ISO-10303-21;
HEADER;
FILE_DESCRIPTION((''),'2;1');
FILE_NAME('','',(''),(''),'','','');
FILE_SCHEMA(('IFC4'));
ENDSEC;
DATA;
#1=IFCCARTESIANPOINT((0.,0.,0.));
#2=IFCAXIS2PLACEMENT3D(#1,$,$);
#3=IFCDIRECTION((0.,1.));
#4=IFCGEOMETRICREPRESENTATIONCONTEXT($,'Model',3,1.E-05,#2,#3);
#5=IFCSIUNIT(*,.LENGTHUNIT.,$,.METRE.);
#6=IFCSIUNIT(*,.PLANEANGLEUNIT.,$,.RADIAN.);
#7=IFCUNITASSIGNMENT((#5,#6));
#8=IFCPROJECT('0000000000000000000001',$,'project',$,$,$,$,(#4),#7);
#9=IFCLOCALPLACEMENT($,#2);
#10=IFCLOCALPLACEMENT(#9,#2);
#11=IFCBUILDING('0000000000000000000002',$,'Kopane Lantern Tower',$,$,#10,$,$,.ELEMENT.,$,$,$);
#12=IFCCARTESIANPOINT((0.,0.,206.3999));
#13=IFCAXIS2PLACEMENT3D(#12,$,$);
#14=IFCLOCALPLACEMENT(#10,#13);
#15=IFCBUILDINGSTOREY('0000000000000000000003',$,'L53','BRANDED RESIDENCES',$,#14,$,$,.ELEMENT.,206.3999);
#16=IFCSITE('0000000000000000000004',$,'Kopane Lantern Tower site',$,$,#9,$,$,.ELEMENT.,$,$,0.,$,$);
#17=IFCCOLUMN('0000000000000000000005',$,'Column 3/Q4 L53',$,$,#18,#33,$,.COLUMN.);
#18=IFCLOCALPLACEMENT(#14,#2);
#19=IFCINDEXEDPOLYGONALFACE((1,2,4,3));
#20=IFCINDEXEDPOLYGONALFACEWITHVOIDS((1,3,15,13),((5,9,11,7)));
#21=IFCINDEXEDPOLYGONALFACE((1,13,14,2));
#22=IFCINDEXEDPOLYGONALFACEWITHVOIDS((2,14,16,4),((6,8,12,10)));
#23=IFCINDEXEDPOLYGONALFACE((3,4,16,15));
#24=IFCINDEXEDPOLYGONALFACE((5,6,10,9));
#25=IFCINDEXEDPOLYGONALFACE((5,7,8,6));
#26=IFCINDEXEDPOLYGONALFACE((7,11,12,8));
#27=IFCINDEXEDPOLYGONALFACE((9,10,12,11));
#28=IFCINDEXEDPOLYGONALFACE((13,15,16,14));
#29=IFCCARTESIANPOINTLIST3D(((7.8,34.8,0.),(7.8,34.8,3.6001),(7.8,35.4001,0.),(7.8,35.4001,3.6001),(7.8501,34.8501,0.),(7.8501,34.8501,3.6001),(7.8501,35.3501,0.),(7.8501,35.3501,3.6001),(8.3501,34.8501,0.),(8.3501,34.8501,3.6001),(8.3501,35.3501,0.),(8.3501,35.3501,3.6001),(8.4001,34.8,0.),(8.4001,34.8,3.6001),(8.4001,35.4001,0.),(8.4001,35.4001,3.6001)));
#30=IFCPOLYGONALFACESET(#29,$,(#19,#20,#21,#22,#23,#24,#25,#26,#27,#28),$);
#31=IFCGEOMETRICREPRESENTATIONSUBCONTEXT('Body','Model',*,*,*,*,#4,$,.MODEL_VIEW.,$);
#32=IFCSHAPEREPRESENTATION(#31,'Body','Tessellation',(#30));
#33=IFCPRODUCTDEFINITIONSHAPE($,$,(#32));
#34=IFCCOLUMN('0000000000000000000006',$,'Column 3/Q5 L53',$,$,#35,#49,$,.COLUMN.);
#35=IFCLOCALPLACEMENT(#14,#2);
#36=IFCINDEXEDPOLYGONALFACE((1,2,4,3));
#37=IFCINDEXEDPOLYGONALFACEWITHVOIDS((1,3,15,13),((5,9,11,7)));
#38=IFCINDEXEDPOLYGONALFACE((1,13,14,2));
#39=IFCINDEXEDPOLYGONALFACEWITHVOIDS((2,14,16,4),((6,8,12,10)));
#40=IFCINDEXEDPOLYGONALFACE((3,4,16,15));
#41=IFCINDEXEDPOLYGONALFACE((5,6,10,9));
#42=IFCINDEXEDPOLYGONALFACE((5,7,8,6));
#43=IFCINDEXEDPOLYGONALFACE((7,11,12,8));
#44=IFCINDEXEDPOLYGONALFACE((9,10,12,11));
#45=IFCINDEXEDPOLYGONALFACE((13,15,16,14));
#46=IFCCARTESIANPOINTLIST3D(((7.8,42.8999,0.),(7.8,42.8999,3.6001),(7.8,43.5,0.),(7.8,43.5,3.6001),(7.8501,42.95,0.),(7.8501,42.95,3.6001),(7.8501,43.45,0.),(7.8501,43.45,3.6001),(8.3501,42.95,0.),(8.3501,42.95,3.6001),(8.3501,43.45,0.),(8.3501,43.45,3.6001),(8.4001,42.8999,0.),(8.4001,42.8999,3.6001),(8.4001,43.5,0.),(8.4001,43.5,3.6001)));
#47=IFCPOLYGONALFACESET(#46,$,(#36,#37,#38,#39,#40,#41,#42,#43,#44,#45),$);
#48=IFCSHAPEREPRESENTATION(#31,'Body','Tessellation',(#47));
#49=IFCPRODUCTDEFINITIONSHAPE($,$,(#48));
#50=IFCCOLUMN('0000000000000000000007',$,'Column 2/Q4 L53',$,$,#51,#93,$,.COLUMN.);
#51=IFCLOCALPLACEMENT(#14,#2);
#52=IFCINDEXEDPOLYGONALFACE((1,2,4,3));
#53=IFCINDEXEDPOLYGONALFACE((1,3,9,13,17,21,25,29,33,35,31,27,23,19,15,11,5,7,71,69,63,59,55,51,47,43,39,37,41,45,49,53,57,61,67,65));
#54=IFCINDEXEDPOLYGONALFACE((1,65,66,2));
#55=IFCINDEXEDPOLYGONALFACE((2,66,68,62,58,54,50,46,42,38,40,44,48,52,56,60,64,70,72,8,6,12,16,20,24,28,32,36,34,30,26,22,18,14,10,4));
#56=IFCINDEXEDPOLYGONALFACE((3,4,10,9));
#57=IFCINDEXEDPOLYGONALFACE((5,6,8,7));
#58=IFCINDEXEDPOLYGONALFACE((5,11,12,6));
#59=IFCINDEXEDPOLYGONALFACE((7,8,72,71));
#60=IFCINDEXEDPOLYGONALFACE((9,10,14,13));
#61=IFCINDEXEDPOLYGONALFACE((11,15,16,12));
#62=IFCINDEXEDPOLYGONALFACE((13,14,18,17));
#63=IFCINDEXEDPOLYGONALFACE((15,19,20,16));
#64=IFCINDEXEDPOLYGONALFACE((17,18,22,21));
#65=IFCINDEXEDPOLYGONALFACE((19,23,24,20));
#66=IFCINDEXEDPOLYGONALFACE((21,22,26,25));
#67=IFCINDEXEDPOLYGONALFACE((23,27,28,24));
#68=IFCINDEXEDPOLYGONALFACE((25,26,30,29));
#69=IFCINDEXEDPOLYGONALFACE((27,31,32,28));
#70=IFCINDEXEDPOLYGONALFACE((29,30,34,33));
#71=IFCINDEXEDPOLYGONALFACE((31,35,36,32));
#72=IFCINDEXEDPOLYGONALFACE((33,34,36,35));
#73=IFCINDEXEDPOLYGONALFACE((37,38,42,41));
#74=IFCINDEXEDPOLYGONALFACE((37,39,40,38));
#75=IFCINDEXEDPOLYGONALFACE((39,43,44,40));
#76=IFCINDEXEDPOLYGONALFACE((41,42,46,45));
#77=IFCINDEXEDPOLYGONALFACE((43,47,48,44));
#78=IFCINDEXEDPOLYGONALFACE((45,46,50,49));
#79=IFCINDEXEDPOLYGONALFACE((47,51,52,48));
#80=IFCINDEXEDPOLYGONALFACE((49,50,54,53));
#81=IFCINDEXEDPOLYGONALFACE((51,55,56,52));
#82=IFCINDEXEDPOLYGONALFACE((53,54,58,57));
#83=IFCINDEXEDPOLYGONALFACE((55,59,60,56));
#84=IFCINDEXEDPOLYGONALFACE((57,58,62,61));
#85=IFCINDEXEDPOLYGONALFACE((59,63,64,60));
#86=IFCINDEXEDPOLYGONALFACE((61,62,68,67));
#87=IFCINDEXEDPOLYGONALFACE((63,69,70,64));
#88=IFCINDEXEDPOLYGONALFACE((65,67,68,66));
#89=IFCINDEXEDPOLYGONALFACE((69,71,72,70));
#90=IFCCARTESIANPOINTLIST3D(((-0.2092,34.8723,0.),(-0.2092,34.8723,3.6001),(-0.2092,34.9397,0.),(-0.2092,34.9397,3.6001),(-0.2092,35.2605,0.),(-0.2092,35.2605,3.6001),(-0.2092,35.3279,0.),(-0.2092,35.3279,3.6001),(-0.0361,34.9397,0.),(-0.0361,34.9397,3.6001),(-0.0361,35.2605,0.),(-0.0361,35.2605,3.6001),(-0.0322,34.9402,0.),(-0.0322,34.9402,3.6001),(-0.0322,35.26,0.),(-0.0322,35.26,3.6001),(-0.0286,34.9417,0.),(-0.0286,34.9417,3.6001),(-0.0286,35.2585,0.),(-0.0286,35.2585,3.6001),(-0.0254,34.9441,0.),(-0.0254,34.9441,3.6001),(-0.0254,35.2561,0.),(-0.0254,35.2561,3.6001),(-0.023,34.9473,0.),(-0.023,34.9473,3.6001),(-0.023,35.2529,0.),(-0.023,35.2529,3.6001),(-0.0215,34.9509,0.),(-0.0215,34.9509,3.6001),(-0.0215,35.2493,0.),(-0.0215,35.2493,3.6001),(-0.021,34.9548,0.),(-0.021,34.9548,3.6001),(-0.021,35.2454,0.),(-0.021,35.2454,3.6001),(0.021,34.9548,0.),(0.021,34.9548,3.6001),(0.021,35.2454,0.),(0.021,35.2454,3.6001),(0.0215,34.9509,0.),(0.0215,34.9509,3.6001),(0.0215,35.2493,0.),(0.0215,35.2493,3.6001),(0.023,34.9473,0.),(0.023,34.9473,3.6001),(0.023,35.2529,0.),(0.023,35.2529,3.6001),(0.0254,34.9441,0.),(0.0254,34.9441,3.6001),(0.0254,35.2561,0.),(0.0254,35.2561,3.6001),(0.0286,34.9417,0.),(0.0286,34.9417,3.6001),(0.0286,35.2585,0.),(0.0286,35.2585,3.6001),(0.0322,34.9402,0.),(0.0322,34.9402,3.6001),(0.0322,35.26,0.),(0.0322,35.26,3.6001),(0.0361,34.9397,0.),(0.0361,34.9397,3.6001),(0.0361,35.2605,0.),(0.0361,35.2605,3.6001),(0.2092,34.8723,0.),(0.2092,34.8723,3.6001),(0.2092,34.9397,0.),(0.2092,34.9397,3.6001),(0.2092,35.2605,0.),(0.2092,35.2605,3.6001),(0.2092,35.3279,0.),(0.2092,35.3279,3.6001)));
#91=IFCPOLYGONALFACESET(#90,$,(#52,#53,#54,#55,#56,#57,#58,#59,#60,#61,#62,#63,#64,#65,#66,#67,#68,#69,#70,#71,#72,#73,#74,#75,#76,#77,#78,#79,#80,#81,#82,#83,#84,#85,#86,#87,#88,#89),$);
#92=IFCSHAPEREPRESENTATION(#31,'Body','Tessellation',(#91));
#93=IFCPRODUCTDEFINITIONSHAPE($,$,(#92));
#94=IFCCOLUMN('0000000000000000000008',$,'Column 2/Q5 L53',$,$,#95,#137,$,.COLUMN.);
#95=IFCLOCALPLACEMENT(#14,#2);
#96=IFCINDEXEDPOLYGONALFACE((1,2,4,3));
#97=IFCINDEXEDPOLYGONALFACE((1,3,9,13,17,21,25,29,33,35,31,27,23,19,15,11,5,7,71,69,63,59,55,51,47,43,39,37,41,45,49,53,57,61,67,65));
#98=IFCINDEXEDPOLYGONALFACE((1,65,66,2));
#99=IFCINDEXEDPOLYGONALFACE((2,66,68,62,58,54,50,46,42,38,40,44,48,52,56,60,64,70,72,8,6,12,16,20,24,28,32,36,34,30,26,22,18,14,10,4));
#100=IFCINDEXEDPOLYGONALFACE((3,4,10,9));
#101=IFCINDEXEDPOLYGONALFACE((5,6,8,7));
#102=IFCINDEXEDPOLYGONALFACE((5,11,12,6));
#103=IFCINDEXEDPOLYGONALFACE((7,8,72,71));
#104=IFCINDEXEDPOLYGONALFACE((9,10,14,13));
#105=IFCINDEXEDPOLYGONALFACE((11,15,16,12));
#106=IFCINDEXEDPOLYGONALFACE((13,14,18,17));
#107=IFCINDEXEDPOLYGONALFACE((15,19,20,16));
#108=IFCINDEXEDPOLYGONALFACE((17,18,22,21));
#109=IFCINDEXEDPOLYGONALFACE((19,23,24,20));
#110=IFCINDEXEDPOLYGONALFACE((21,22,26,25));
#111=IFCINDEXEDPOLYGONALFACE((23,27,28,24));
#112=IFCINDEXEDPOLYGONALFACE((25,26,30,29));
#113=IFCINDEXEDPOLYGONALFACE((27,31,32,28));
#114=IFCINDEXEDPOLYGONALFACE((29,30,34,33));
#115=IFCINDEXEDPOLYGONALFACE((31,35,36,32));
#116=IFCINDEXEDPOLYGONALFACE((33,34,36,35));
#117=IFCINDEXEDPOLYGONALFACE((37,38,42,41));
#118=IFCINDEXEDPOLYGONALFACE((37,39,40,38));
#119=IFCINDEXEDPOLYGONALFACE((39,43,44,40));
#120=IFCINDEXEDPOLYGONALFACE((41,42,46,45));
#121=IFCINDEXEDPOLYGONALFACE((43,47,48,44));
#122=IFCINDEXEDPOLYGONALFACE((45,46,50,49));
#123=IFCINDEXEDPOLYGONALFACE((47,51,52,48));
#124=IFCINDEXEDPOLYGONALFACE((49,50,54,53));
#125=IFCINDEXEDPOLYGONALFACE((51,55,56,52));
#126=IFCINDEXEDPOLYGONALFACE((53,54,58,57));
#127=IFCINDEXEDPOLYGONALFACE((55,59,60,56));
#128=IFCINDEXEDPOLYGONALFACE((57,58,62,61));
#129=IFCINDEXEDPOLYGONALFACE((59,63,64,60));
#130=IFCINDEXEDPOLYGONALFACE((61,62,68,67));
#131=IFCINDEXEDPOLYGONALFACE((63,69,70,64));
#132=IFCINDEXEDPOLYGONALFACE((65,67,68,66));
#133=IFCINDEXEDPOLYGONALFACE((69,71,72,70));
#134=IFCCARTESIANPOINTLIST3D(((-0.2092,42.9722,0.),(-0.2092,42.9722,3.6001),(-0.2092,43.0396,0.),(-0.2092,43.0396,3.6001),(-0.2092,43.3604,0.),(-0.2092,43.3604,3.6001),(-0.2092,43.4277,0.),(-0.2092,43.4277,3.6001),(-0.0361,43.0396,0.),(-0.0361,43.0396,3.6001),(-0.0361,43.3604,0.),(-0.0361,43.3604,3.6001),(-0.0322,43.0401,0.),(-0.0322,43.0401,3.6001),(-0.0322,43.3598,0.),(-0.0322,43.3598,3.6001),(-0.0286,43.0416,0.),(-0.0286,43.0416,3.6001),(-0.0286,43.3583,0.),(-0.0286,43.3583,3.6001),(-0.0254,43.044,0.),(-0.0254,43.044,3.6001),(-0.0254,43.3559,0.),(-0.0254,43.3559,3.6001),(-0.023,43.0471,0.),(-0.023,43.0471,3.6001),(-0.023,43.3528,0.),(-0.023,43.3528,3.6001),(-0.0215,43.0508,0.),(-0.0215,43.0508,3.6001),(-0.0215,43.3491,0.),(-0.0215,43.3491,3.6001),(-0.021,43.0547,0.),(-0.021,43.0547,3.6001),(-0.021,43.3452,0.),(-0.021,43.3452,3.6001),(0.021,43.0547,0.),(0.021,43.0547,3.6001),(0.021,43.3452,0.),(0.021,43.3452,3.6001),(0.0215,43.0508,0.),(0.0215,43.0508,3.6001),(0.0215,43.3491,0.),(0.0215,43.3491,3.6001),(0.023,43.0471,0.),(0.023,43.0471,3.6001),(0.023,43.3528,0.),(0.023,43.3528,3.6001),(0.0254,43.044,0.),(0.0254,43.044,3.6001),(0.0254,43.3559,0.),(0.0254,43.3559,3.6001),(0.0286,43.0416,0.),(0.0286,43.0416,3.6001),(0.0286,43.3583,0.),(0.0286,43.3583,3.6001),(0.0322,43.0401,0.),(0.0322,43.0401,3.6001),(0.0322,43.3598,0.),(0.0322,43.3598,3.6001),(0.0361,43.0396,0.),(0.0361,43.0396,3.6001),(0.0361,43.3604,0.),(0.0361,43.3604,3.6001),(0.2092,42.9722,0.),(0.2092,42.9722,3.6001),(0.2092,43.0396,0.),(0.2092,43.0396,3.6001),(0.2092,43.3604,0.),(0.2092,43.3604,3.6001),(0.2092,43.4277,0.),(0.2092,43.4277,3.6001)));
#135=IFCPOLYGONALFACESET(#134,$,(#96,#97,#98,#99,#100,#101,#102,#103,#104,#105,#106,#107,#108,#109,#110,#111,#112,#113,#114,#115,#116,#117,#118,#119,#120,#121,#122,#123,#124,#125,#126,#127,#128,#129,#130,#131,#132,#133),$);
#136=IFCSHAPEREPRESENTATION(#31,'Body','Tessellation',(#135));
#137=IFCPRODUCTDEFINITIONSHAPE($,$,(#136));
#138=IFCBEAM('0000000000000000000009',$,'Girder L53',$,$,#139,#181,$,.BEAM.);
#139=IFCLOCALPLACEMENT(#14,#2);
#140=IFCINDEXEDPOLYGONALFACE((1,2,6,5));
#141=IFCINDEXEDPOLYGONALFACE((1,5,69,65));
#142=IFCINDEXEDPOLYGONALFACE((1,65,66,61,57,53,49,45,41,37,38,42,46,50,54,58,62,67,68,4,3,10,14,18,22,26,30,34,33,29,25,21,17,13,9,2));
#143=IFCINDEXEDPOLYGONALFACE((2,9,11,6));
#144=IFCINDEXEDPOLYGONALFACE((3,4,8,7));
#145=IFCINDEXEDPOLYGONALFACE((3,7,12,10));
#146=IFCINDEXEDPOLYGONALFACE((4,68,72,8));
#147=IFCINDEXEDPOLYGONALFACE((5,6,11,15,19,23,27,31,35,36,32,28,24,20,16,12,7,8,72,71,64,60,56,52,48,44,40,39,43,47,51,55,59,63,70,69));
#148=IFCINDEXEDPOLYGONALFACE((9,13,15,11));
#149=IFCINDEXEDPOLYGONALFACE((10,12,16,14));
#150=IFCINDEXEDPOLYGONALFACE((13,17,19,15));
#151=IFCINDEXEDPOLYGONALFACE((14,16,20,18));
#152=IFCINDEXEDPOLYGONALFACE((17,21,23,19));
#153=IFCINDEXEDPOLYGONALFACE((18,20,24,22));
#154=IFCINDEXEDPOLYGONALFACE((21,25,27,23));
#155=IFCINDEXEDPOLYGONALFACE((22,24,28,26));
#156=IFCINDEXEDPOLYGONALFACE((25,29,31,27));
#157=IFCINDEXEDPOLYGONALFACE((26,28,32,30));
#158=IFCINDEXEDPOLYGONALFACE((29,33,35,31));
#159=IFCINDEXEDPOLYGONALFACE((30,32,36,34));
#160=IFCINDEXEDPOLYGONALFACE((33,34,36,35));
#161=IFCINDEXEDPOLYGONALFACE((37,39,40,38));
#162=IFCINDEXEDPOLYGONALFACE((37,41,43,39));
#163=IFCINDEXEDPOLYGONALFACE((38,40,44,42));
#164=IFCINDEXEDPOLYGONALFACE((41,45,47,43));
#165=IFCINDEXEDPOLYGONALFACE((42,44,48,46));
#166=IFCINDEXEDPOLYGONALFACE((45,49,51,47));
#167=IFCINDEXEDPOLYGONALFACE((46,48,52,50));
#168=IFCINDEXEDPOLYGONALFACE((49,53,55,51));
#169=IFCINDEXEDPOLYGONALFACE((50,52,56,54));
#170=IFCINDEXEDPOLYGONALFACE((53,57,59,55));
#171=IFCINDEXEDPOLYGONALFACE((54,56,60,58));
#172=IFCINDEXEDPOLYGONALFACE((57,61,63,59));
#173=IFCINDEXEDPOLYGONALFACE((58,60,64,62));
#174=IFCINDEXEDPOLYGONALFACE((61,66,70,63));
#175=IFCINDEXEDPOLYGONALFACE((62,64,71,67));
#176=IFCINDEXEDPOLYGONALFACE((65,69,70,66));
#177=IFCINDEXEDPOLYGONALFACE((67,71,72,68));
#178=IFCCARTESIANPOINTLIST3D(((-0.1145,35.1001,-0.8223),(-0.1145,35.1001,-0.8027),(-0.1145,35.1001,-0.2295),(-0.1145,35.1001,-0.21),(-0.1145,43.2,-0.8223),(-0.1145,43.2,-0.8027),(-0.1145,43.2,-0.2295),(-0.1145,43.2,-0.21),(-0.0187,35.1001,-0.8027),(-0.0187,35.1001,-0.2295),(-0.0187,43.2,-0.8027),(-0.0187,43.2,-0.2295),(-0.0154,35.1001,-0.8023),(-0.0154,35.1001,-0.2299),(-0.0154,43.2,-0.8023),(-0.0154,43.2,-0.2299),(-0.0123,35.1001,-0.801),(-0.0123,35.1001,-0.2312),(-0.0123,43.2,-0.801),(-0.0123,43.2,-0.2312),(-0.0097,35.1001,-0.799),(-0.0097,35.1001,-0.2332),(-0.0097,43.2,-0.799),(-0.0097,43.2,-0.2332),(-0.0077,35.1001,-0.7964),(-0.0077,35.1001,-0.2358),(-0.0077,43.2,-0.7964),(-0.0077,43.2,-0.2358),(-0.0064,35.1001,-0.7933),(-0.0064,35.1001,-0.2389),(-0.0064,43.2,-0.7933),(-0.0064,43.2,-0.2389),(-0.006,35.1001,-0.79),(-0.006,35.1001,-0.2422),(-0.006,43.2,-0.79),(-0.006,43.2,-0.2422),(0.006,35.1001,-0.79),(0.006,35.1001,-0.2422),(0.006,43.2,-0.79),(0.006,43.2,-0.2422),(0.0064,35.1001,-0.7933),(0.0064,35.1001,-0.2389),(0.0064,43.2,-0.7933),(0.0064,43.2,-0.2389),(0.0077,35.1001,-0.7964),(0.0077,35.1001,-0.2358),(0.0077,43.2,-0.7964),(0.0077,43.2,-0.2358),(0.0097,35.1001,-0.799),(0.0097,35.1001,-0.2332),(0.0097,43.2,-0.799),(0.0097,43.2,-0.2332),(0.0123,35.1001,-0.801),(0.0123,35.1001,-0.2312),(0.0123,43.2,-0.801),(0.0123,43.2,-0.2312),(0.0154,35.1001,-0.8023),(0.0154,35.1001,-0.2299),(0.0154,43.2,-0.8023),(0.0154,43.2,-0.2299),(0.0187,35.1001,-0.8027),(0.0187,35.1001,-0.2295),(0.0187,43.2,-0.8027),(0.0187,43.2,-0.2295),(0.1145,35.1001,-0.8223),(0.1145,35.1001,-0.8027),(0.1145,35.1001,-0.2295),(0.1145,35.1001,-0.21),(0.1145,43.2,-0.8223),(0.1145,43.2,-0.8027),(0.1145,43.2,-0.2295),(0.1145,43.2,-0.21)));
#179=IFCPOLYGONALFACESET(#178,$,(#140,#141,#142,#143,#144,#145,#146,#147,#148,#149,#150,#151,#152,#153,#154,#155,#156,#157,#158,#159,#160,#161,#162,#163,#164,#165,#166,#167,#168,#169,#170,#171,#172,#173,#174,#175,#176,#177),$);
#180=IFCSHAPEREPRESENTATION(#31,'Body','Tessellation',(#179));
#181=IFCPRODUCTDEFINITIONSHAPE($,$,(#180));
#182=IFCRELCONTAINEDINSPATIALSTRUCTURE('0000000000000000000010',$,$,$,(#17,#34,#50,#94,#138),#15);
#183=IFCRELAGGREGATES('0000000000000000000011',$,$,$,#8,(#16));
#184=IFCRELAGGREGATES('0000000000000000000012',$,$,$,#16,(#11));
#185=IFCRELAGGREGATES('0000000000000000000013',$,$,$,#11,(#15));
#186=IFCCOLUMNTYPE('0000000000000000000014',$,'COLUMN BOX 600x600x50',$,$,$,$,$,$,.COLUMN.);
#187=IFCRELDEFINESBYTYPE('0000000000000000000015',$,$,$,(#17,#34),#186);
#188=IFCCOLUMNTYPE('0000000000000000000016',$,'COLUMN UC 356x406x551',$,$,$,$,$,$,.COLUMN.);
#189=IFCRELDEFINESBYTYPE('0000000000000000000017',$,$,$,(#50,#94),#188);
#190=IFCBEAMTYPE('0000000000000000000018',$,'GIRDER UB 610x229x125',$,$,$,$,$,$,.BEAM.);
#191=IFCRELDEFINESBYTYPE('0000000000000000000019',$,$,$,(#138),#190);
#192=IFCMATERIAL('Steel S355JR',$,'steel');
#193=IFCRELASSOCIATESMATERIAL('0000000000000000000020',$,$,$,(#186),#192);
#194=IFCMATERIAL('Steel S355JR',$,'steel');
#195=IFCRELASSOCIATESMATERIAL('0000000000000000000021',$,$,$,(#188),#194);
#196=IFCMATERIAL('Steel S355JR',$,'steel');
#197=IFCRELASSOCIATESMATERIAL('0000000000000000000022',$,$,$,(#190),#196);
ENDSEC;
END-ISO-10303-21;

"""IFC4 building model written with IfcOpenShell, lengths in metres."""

from ifc_helpers import new_model, si_unit, direction, frame, origin, origin_2d, place, context, subcontext, project, spatial, hollow_rectangle, i_section, extrude, material, material_profile, profile_set, type_object, element, save


model = new_model("IFC4")

# Units and contexts
model_context = context("Model", 3, precision=1e-05, world=origin(), true_north=direction((0.0, 1.0)))
body_context = subcontext(model_context, "Body", "Model", "MODEL_VIEW")
ifc_project = project(units=[si_unit("LENGTHUNIT", "METRE"), si_unit("PLANEANGLEUNIT", "RADIAN")], contexts=[model_context])

# Site, building, storey
site_placement = place(None, origin())
site = spatial("IfcSite", under=ifc_project, at=site_placement, Name="Kopane Lantern Tower site", CompositionType="ELEMENT", RefElevation=0.0)
building_placement = place(site_placement, origin())
building = spatial("IfcBuilding", under=site, at=building_placement, Name="Kopane Lantern Tower", CompositionType="ELEMENT")
storey_placement = place(building_placement, frame((0.0, 0.0, 206.3999)))
storey = spatial("IfcBuildingStorey", under=building, at=storey_placement, Name="L53", Description="BRANDED RESIDENCES", CompositionType="ELEMENT", Elevation=206.3999)

# Columns
ifc_material_1 = material(Name="Steel S355JR", Category="steel")
ifc_material_profile_1 = material_profile(ifc_material_1, hollow_rectangle(XDim=0.6001, YDim=0.6001, WallThickness=0.05, at=origin_2d()), Name="BOX 600x600x50")
ifc_profile_set_1 = profile_set([ifc_material_profile_1], Name="Steel S355JR")
column_type_1 = type_object("IfcColumnType", Name="COLUMN BOX 600x600x50", PredefinedType="COLUMN", material=ifc_profile_set_1)
for number, where, z_axis, x_axis, name in (
    (1, (8.1001, 35.1001, 0.0), (0.0, 0.0, 1.0), (1.0, 0.0, 0.0), "Column 3/Q4 L53"),
    (2, (8.1001, 43.2, 0.0), (0.0, 0.0, 1.0), (1.0, 0.0, 0.0), "Column 3/Q5 L53"),
):
    element("IfcColumn", number, at=place(storey_placement, frame(where, z_axis=z_axis, x_axis=x_axis)), inside=storey, type_object=column_type_1, Name=name, PredefinedType="COLUMN", context=body_context, shape_type="SweptSolid", body=[
        extrude(hollow_rectangle(XDim=0.6001, YDim=0.6001, WallThickness=0.05, at=origin_2d()), origin(), (0.0, 0.0, 1.0), 3.6001),
    ])
ifc_material_2 = material(Name="Steel S355JR", Category="steel")
ifc_material_profile_2 = material_profile(ifc_material_2, i_section(OverallWidth=0.4185, OverallDepth=0.4556, WebThickness=0.042, FlangeThickness=0.0674, FilletRadius=0.0151, at=origin_2d()), Name="UC 356x406x551")
ifc_profile_set_2 = profile_set([ifc_material_profile_2], Name="Steel S355JR")
column_type_2 = type_object("IfcColumnType", Name="COLUMN UC 356x406x551", PredefinedType="COLUMN", material=ifc_profile_set_2)
for number, where, z_axis, x_axis, name in (
    (3, (0.0, 35.1001, 0.0), (0.0, 0.0, 1.0), (1.0, 0.0, 0.0), "Column 2/Q4 L53"),
    (4, (0.0, 43.2, 0.0), (0.0, 0.0, 1.0), (1.0, 0.0, 0.0), "Column 2/Q5 L53"),
):
    element("IfcColumn", number, at=place(storey_placement, frame(where, z_axis=z_axis, x_axis=x_axis)), inside=storey, type_object=column_type_2, Name=name, PredefinedType="COLUMN", context=body_context, shape_type="SweptSolid", body=[
        extrude(i_section(OverallWidth=0.4185, OverallDepth=0.4556, WebThickness=0.042, FlangeThickness=0.0674, FilletRadius=0.0151, at=origin_2d()), origin(), (0.0, 0.0, 1.0), 3.6001),
    ])

# Beam
ifc_material_3 = material(Name="Steel S355JR", Category="steel")
ifc_material_profile_3 = material_profile(ifc_material_3, i_section(OverallWidth=0.229, OverallDepth=0.6123, WebThickness=0.012, FlangeThickness=0.0195, FilletRadius=0.0127, at=origin_2d()), Name="UB 610x229x125")
ifc_profile_set_3 = profile_set([ifc_material_profile_3], Name="Steel S355JR")
beam_type = type_object("IfcBeamType", Name="GIRDER UB 610x229x125", PredefinedType="BEAM", material=ifc_profile_set_3)
beam_1_placement = place(storey_placement, frame((0.0, 35.1001, -0.5161), z_axis=(0.0, 1.0, 0.0), x_axis=(-1.0, 0.0, 0.0)))
element("IfcBeam", 5, at=beam_1_placement, inside=storey, type_object=beam_type, Name="Girder L53", PredefinedType="BEAM", context=body_context, shape_type="SweptSolid", body=[
    extrude(i_section(OverallWidth=0.229, OverallDepth=0.6123, WebThickness=0.012, FlangeThickness=0.0195, FilletRadius=0.0127, at=origin_2d()), origin(), (0.0, 0.0, 1.0), 8.0999),
])

save(model, "model.ifc")
